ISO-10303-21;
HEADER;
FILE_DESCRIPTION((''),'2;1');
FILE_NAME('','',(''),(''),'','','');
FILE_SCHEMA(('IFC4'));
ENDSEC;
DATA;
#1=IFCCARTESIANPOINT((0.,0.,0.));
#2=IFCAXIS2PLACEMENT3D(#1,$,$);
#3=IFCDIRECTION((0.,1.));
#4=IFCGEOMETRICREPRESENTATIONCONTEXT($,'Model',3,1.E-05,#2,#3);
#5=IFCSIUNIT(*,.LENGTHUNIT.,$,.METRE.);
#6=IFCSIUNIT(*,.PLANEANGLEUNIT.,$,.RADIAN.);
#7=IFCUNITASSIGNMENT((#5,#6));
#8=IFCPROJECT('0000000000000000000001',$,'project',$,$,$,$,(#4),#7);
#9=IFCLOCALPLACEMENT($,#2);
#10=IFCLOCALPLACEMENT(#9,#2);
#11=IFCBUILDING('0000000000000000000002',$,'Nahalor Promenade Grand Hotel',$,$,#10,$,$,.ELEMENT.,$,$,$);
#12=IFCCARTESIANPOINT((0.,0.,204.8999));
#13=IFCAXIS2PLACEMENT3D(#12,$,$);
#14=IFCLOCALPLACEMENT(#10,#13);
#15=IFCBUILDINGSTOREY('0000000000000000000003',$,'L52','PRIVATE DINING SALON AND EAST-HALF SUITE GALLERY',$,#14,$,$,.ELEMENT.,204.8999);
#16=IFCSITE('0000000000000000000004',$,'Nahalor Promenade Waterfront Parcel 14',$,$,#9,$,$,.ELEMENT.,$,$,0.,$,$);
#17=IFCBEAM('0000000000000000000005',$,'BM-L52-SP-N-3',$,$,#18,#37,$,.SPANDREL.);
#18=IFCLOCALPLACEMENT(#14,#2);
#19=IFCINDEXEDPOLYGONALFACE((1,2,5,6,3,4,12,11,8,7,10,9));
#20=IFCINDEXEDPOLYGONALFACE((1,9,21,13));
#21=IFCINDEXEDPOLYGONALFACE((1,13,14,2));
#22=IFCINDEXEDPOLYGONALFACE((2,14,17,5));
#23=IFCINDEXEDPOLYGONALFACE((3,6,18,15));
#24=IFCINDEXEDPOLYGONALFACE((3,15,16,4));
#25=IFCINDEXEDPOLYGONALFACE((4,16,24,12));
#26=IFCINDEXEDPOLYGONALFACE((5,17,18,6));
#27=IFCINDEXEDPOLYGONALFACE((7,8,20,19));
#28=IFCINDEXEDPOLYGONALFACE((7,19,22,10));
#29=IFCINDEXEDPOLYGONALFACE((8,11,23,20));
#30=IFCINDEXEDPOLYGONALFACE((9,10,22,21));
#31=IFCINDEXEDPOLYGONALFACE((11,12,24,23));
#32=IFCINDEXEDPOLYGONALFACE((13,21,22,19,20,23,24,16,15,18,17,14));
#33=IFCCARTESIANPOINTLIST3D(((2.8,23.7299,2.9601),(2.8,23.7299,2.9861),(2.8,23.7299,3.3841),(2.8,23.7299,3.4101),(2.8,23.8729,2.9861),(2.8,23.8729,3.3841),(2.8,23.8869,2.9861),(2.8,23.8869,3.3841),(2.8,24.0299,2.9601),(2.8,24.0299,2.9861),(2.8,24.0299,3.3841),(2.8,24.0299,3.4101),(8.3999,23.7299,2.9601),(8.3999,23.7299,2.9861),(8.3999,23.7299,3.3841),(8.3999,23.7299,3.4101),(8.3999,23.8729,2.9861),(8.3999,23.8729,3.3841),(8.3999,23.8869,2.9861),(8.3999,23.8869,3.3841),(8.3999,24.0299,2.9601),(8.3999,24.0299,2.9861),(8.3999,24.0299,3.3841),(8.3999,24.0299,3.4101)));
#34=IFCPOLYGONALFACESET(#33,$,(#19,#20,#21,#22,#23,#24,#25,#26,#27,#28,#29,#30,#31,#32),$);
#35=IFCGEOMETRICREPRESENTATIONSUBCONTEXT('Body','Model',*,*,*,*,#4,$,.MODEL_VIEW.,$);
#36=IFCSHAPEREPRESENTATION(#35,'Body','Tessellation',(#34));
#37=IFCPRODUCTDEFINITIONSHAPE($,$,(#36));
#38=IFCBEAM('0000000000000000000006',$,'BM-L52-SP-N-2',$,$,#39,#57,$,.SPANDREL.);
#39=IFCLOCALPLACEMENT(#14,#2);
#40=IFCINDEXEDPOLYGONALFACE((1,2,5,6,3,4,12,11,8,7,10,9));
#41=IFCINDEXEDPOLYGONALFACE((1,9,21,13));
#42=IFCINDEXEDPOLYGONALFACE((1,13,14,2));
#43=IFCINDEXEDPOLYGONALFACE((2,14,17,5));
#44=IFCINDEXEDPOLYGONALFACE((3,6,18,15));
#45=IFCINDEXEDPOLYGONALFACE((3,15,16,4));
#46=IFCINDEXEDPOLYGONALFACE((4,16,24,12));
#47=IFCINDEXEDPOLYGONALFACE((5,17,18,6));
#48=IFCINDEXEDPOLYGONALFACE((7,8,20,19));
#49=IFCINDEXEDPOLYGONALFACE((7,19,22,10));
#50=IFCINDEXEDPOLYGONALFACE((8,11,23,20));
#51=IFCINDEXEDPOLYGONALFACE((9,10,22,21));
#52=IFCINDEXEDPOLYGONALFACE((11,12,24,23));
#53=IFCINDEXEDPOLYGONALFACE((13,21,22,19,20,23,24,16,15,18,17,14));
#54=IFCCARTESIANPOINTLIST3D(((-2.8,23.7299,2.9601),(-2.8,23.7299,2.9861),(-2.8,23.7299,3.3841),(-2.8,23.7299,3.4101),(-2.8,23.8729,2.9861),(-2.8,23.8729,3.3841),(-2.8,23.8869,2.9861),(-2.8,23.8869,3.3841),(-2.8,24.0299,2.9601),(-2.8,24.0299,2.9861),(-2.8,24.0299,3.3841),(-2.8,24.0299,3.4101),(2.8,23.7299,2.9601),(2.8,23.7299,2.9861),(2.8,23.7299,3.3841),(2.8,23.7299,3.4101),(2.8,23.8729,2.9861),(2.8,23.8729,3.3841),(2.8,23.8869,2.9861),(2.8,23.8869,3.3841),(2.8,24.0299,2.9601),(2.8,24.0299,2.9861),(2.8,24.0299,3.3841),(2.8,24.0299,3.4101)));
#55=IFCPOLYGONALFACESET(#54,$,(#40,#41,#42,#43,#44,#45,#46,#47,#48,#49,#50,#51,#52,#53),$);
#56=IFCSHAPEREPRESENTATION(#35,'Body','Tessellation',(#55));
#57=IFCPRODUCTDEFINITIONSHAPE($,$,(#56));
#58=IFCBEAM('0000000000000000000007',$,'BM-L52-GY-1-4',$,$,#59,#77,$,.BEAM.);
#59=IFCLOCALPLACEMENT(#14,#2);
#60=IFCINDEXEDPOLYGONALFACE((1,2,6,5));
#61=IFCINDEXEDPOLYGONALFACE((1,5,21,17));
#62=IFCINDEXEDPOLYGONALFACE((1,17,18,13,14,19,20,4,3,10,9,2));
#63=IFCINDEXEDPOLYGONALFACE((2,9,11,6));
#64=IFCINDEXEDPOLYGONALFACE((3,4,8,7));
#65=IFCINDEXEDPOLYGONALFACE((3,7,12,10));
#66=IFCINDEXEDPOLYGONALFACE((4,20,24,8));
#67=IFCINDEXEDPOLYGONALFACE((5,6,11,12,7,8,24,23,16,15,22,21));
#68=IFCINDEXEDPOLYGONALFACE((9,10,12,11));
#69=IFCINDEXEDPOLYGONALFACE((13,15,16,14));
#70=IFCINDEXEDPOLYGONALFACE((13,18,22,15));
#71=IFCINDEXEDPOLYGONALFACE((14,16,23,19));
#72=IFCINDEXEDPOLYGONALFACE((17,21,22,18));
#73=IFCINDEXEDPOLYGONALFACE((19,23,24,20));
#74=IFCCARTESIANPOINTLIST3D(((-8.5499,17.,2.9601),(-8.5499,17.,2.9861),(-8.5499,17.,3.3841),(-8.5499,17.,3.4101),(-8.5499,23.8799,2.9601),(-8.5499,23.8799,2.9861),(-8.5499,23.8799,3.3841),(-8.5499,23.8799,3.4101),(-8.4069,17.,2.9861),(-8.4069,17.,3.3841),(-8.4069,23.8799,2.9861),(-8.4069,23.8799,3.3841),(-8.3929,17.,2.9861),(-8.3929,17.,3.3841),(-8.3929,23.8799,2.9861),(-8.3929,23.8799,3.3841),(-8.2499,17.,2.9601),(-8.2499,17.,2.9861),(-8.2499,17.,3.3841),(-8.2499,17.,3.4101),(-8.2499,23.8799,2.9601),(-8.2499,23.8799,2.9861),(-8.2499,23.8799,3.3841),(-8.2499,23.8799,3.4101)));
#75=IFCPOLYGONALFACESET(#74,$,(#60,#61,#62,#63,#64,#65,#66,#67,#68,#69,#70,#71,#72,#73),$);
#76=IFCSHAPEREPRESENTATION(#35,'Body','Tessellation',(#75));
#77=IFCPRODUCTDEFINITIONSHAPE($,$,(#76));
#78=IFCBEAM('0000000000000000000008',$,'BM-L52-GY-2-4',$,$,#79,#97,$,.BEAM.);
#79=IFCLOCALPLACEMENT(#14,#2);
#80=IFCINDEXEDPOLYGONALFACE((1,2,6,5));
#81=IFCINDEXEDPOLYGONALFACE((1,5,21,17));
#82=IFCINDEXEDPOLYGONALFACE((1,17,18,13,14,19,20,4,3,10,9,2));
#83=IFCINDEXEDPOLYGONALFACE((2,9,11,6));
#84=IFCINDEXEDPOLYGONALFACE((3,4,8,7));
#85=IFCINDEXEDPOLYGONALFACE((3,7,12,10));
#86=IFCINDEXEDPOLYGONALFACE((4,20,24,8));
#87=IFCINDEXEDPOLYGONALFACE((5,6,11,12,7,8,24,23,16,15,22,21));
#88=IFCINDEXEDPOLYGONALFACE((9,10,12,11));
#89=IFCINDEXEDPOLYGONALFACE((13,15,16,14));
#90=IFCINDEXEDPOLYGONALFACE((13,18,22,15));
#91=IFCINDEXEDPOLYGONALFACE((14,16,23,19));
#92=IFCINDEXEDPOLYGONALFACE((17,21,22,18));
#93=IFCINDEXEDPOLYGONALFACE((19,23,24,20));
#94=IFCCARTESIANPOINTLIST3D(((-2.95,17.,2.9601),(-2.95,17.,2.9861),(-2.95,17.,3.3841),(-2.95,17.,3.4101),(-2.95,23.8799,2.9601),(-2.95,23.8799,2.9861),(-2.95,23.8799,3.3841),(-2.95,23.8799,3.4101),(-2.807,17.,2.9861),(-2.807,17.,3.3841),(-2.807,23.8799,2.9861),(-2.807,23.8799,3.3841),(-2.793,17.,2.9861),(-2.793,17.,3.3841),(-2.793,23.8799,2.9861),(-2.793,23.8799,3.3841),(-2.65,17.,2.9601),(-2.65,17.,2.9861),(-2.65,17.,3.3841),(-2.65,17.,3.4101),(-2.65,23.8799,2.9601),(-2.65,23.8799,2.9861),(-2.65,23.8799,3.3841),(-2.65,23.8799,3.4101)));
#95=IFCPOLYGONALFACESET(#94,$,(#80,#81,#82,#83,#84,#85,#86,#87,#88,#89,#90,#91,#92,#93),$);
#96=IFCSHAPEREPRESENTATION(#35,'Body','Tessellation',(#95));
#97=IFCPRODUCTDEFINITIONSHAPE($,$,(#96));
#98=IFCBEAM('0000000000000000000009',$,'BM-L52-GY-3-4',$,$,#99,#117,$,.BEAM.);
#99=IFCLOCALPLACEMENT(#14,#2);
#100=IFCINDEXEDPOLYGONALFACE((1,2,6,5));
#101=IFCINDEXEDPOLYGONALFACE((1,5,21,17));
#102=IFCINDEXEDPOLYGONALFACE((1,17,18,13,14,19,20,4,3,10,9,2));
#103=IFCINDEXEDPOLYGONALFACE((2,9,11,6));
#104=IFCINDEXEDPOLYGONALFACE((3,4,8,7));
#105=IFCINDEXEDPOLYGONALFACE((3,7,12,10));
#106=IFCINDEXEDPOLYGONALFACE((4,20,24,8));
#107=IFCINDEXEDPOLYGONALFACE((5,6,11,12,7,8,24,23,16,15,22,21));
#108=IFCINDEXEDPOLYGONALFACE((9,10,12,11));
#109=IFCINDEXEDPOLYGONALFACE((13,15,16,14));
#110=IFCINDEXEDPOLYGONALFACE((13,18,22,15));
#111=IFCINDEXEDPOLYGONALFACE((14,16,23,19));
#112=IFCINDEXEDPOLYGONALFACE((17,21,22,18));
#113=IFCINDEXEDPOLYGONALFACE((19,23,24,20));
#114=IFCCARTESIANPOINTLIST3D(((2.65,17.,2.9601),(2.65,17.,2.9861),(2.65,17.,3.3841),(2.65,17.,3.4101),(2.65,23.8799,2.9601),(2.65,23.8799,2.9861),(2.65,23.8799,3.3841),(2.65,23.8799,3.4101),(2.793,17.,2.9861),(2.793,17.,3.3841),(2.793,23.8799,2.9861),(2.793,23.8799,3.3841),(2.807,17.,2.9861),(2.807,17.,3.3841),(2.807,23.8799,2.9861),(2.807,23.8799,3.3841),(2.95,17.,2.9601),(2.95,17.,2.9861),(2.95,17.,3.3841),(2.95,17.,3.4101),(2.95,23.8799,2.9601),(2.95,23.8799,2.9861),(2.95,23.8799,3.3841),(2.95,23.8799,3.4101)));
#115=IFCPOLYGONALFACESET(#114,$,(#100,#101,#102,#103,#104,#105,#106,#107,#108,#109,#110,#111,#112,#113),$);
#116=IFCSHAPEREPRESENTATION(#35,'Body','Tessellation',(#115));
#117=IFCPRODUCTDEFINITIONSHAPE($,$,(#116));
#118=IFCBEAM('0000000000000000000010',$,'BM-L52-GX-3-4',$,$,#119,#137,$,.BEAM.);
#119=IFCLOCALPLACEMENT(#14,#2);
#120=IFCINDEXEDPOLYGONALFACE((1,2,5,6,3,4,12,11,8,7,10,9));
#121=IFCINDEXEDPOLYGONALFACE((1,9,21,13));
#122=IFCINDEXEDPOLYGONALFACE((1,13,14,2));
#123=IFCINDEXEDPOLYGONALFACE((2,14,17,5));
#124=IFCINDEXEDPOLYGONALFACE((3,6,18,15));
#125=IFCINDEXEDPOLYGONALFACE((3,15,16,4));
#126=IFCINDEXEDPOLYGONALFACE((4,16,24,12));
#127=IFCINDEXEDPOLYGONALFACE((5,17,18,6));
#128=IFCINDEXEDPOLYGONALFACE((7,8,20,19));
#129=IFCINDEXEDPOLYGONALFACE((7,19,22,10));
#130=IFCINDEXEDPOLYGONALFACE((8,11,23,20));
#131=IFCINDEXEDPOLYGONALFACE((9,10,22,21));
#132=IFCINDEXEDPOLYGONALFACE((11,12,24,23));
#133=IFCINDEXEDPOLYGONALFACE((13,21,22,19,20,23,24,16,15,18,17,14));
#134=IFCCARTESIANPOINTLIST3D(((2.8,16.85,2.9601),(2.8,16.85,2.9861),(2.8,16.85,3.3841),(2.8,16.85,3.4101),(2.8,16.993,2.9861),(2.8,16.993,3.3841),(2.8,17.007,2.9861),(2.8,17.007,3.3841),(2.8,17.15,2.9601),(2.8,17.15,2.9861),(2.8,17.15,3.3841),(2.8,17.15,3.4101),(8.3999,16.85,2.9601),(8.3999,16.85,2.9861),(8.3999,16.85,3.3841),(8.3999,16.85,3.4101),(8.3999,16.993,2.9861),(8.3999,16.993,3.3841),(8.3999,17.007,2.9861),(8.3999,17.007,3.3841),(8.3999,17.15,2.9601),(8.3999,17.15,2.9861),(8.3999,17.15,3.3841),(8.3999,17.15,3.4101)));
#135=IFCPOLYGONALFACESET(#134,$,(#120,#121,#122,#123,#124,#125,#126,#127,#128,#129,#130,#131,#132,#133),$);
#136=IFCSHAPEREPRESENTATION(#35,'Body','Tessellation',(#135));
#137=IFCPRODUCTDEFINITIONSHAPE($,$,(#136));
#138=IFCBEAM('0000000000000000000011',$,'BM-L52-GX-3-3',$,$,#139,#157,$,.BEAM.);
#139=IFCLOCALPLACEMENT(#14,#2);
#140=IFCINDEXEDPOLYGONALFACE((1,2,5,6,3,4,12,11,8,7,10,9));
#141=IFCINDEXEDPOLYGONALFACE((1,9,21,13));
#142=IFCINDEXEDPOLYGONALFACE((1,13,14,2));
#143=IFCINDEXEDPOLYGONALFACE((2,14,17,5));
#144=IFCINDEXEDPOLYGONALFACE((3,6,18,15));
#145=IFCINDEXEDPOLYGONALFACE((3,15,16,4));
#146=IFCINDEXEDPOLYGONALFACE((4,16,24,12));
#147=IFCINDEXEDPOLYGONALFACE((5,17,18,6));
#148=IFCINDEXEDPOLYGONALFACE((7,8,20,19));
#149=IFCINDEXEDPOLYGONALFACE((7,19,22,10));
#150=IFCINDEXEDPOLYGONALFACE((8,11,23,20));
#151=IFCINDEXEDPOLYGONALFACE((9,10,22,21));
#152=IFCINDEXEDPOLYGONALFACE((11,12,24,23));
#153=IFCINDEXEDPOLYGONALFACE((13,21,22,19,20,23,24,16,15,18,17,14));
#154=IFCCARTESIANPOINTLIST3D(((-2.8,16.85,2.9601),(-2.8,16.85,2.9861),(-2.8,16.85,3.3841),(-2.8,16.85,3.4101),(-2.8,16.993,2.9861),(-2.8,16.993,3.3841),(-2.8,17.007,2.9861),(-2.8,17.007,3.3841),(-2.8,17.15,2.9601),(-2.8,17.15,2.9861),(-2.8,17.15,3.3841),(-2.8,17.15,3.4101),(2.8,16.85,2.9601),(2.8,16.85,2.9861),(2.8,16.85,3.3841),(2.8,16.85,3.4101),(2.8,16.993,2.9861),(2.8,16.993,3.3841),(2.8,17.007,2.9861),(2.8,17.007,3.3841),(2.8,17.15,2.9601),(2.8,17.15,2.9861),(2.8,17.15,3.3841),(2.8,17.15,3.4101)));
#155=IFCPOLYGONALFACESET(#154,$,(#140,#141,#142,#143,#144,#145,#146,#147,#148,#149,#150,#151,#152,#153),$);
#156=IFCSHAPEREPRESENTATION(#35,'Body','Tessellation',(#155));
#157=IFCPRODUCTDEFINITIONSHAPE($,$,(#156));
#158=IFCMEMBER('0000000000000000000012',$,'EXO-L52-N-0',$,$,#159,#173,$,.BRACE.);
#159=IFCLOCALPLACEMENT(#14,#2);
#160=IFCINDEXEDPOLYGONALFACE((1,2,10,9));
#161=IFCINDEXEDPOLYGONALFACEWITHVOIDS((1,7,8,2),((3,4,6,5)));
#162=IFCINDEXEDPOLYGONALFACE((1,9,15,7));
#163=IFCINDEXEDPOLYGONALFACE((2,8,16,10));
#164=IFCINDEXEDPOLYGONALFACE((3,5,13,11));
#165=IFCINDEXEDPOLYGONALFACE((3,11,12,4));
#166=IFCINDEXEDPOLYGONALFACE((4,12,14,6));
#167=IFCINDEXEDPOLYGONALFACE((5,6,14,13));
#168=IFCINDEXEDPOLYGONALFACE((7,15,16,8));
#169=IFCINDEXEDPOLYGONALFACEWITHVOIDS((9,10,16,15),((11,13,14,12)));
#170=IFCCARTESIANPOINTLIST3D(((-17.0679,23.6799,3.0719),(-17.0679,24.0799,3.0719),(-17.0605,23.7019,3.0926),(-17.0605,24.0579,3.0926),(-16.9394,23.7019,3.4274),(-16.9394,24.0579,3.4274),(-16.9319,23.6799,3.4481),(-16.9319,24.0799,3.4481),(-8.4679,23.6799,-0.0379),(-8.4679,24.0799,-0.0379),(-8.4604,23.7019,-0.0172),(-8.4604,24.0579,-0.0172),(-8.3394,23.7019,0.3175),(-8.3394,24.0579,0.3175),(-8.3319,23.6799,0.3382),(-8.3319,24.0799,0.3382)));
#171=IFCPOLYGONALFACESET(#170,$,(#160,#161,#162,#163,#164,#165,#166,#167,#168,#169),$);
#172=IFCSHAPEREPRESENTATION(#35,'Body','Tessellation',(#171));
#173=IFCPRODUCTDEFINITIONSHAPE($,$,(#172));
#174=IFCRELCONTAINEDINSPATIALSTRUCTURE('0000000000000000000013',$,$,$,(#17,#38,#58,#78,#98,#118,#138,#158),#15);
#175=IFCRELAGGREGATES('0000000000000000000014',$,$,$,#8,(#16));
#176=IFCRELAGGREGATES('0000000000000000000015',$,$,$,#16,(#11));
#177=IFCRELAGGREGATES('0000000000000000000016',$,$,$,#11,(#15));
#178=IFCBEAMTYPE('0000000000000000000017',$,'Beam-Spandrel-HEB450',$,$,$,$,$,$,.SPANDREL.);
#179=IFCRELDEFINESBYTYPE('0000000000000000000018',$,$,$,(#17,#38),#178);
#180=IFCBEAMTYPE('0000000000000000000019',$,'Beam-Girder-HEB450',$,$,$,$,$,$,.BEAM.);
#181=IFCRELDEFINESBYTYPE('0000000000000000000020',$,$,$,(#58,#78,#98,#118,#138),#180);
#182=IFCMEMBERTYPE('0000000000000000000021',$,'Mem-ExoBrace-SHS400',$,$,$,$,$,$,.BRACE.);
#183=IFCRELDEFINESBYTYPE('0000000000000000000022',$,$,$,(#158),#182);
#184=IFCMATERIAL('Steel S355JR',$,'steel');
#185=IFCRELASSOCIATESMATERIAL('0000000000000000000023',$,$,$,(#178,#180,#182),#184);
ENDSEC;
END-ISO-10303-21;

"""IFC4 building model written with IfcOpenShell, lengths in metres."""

from ifc_helpers import new_model, si_unit, direction, frame, origin, origin_2d, place, context, subcontext, project, spatial, hollow_rectangle, i_section, extrude, source, transform, mapped, material, material_profile, profile_set, type_object, element, save


model = new_model("IFC4")

# Units and contexts
model_context = context("Model", 3, precision=1e-05, world=origin(), true_north=direction((0.0, 1.0)))
body_context = subcontext(model_context, "Body", "Model", "MODEL_VIEW")
ifc_project = project(units=[si_unit("LENGTHUNIT", "METRE"), si_unit("PLANEANGLEUNIT", "RADIAN")], contexts=[model_context])

# Site, building, storey
site_placement = place(None, origin())
site = spatial("IfcSite", under=ifc_project, at=site_placement, Name="Nahalor Promenade Waterfront Parcel 14", CompositionType="ELEMENT", RefElevation=0.0)
building_placement = place(site_placement, origin())
building = spatial("IfcBuilding", under=site, at=building_placement, Name="Nahalor Promenade Grand Hotel", CompositionType="ELEMENT")
storey_placement = place(building_placement, frame((0.0, 0.0, 204.8999)))
storey = spatial("IfcBuildingStorey", under=building, at=storey_placement, Name="L52", Description="PRIVATE DINING SALON AND EAST-HALF SUITE GALLERY", CompositionType="ELEMENT", Elevation=204.8999)

# Shared definitions
ifc_material_1 = material(Name="Steel S355JR", Category="steel")

# Beams
ifc_material_profile_1 = material_profile(ifc_material_1, i_section(OverallWidth=0.3, OverallDepth=0.45, WebThickness=0.014, FlangeThickness=0.026, at=origin_2d()), Name="HEB 450")
ifc_profile_set_1 = profile_set([ifc_material_profile_1], Name="Steel S355JR")
beam_type_1 = type_object("IfcBeamType", Name="Beam-Spandrel-HEB450", PredefinedType="SPANDREL", material=ifc_profile_set_1)
shared_shape_1 = source(origin(), body_context, "Body", "SweptSolid", [
    extrude(i_section(OverallWidth=0.3, OverallDepth=0.45, WebThickness=0.014, FlangeThickness=0.026, at=origin_2d()), origin(), (0.0, 0.0, 1.0), 5.5999),
])
for number, where, z_axis, x_axis, name in (
    (1, (2.8, 23.8799, 3.1851), (1.0, 0.0, 0.0), (0.0, 1.0, 0.0), "BM-L52-SP-N-3"),
):
    element("IfcBeam", number, at=place(storey_placement, frame(where, z_axis=z_axis, x_axis=x_axis)), inside=storey, type_object=beam_type_1, Name=name, PredefinedType="SPANDREL", context=body_context, shape_type="MappedRepresentation", body=[
        mapped(shared_shape_1, transform((0.0, 0.0, 0.0), scale=1.0)),
    ])
shared_shape_2 = source(origin(), body_context, "Body", "SweptSolid", [
    extrude(i_section(OverallWidth=0.3, OverallDepth=0.45, WebThickness=0.014, FlangeThickness=0.026, at=origin_2d()), origin(), (0.0, 0.0, 1.0), 5.6001),
])
beam_1_placement = place(storey_placement, frame((-2.8, 23.8799, 3.1851), z_axis=(1.0, 0.0, 0.0), x_axis=(0.0, 1.0, 0.0)))
element("IfcBeam", 2, at=beam_1_placement, inside=storey, type_object=beam_type_1, Name="BM-L52-SP-N-2", PredefinedType="SPANDREL", context=body_context, shape_type="MappedRepresentation", body=[
    mapped(shared_shape_2, transform((0.0, 0.0, 0.0), scale=1.0)),
])
ifc_material_profile_2 = material_profile(ifc_material_1, i_section(OverallWidth=0.3, OverallDepth=0.45, WebThickness=0.014, FlangeThickness=0.026, at=origin_2d()), Name="HEB 450")
ifc_profile_set_2 = profile_set([ifc_material_profile_2], Name="Steel S355JR")
beam_type_2 = type_object("IfcBeamType", Name="Beam-Girder-HEB450", PredefinedType="BEAM", material=ifc_profile_set_2)
shared_shape_3 = source(origin(), body_context, "Body", "SweptSolid", [
    extrude(i_section(OverallWidth=0.3, OverallDepth=0.45, WebThickness=0.014, FlangeThickness=0.026, at=origin_2d()), origin(), (0.0, 0.0, 1.0), 6.8799),
])
for number, where, z_axis, x_axis, name in (
    (3, (-8.3999, 17.0, 3.1851), (0.0, 1.0, 0.0), (-1.0, 0.0, 0.0), "BM-L52-GY-1-4"),
    (4, (-2.8, 17.0, 3.1851), (0.0, 1.0, 0.0), (-1.0, 0.0, 0.0), "BM-L52-GY-2-4"),
    (5, (2.8, 17.0, 3.1851), (0.0, 1.0, 0.0), (-1.0, 0.0, 0.0), "BM-L52-GY-3-4"),
):
    element("IfcBeam", number, at=place(storey_placement, frame(where, z_axis=z_axis, x_axis=x_axis)), inside=storey, type_object=beam_type_2, Name=name, PredefinedType="BEAM", context=body_context, shape_type="MappedRepresentation", body=[
        mapped(shared_shape_3, transform((0.0, 0.0, 0.0), scale=1.0)),
    ])
shared_shape_4 = source(origin(), body_context, "Body", "SweptSolid", [
    extrude(i_section(OverallWidth=0.3, OverallDepth=0.45, WebThickness=0.014, FlangeThickness=0.026, at=origin_2d()), origin(), (0.0, 0.0, 1.0), 5.5999),
])
beam_2_placement = place(storey_placement, frame((2.8, 17.0, 3.1851), z_axis=(1.0, 0.0, 0.0), x_axis=(0.0, 1.0, 0.0)))
element("IfcBeam", 6, at=beam_2_placement, inside=storey, type_object=beam_type_2, Name="BM-L52-GX-3-4", PredefinedType="BEAM", context=body_context, shape_type="MappedRepresentation", body=[
    mapped(shared_shape_4, transform((0.0, 0.0, 0.0), scale=1.0)),
])
shared_shape_5 = source(origin(), body_context, "Body", "SweptSolid", [
    extrude(i_section(OverallWidth=0.3, OverallDepth=0.45, WebThickness=0.014, FlangeThickness=0.026, at=origin_2d()), origin(), (0.0, 0.0, 1.0), 5.6001),
])
beam_3_placement = place(storey_placement, frame((-2.8, 17.0, 3.1851), z_axis=(1.0, 0.0, 0.0), x_axis=(0.0, 1.0, 0.0)))
element("IfcBeam", 7, at=beam_3_placement, inside=storey, type_object=beam_type_2, Name="BM-L52-GX-3-3", PredefinedType="BEAM", context=body_context, shape_type="MappedRepresentation", body=[
    mapped(shared_shape_5, transform((0.0, 0.0, 0.0), scale=1.0)),
])

# Member
ifc_material_profile_3 = material_profile(ifc_material_1, hollow_rectangle(XDim=0.4, YDim=0.4, WallThickness=0.022, at=origin_2d()), Name="SHS 400x400x22")
ifc_profile_set_3 = profile_set([ifc_material_profile_3], Name="Steel S355JR")
member_type_1 = type_object("IfcMemberType", Name="Mem-ExoBrace-SHS400", PredefinedType="BRACE", material=ifc_profile_set_3)
shared_shape_6 = source(origin(), body_context, "Body", "SweptSolid", [
    extrude(hollow_rectangle(XDim=0.4, YDim=0.4, WallThickness=0.022, at=origin_2d()), origin(), (0.0, 0.0, 1.0), 9.145),
])
member_1_placement = place(storey_placement, frame((-8.3999, 23.8799, 0.1501), z_axis=(-0.940405, 0.0, 0.340058), x_axis=(0.0, -1.0, 0.0)))
element("IfcMember", 8, at=member_1_placement, inside=storey, type_object=member_type_1, Name="EXO-L52-N-0", PredefinedType="BRACE", context=body_context, shape_type="MappedRepresentation", body=[
    mapped(shared_shape_6, transform((0.0, 0.0, 0.0), scale=1.0)),
])

save(model, "model.ifc")
